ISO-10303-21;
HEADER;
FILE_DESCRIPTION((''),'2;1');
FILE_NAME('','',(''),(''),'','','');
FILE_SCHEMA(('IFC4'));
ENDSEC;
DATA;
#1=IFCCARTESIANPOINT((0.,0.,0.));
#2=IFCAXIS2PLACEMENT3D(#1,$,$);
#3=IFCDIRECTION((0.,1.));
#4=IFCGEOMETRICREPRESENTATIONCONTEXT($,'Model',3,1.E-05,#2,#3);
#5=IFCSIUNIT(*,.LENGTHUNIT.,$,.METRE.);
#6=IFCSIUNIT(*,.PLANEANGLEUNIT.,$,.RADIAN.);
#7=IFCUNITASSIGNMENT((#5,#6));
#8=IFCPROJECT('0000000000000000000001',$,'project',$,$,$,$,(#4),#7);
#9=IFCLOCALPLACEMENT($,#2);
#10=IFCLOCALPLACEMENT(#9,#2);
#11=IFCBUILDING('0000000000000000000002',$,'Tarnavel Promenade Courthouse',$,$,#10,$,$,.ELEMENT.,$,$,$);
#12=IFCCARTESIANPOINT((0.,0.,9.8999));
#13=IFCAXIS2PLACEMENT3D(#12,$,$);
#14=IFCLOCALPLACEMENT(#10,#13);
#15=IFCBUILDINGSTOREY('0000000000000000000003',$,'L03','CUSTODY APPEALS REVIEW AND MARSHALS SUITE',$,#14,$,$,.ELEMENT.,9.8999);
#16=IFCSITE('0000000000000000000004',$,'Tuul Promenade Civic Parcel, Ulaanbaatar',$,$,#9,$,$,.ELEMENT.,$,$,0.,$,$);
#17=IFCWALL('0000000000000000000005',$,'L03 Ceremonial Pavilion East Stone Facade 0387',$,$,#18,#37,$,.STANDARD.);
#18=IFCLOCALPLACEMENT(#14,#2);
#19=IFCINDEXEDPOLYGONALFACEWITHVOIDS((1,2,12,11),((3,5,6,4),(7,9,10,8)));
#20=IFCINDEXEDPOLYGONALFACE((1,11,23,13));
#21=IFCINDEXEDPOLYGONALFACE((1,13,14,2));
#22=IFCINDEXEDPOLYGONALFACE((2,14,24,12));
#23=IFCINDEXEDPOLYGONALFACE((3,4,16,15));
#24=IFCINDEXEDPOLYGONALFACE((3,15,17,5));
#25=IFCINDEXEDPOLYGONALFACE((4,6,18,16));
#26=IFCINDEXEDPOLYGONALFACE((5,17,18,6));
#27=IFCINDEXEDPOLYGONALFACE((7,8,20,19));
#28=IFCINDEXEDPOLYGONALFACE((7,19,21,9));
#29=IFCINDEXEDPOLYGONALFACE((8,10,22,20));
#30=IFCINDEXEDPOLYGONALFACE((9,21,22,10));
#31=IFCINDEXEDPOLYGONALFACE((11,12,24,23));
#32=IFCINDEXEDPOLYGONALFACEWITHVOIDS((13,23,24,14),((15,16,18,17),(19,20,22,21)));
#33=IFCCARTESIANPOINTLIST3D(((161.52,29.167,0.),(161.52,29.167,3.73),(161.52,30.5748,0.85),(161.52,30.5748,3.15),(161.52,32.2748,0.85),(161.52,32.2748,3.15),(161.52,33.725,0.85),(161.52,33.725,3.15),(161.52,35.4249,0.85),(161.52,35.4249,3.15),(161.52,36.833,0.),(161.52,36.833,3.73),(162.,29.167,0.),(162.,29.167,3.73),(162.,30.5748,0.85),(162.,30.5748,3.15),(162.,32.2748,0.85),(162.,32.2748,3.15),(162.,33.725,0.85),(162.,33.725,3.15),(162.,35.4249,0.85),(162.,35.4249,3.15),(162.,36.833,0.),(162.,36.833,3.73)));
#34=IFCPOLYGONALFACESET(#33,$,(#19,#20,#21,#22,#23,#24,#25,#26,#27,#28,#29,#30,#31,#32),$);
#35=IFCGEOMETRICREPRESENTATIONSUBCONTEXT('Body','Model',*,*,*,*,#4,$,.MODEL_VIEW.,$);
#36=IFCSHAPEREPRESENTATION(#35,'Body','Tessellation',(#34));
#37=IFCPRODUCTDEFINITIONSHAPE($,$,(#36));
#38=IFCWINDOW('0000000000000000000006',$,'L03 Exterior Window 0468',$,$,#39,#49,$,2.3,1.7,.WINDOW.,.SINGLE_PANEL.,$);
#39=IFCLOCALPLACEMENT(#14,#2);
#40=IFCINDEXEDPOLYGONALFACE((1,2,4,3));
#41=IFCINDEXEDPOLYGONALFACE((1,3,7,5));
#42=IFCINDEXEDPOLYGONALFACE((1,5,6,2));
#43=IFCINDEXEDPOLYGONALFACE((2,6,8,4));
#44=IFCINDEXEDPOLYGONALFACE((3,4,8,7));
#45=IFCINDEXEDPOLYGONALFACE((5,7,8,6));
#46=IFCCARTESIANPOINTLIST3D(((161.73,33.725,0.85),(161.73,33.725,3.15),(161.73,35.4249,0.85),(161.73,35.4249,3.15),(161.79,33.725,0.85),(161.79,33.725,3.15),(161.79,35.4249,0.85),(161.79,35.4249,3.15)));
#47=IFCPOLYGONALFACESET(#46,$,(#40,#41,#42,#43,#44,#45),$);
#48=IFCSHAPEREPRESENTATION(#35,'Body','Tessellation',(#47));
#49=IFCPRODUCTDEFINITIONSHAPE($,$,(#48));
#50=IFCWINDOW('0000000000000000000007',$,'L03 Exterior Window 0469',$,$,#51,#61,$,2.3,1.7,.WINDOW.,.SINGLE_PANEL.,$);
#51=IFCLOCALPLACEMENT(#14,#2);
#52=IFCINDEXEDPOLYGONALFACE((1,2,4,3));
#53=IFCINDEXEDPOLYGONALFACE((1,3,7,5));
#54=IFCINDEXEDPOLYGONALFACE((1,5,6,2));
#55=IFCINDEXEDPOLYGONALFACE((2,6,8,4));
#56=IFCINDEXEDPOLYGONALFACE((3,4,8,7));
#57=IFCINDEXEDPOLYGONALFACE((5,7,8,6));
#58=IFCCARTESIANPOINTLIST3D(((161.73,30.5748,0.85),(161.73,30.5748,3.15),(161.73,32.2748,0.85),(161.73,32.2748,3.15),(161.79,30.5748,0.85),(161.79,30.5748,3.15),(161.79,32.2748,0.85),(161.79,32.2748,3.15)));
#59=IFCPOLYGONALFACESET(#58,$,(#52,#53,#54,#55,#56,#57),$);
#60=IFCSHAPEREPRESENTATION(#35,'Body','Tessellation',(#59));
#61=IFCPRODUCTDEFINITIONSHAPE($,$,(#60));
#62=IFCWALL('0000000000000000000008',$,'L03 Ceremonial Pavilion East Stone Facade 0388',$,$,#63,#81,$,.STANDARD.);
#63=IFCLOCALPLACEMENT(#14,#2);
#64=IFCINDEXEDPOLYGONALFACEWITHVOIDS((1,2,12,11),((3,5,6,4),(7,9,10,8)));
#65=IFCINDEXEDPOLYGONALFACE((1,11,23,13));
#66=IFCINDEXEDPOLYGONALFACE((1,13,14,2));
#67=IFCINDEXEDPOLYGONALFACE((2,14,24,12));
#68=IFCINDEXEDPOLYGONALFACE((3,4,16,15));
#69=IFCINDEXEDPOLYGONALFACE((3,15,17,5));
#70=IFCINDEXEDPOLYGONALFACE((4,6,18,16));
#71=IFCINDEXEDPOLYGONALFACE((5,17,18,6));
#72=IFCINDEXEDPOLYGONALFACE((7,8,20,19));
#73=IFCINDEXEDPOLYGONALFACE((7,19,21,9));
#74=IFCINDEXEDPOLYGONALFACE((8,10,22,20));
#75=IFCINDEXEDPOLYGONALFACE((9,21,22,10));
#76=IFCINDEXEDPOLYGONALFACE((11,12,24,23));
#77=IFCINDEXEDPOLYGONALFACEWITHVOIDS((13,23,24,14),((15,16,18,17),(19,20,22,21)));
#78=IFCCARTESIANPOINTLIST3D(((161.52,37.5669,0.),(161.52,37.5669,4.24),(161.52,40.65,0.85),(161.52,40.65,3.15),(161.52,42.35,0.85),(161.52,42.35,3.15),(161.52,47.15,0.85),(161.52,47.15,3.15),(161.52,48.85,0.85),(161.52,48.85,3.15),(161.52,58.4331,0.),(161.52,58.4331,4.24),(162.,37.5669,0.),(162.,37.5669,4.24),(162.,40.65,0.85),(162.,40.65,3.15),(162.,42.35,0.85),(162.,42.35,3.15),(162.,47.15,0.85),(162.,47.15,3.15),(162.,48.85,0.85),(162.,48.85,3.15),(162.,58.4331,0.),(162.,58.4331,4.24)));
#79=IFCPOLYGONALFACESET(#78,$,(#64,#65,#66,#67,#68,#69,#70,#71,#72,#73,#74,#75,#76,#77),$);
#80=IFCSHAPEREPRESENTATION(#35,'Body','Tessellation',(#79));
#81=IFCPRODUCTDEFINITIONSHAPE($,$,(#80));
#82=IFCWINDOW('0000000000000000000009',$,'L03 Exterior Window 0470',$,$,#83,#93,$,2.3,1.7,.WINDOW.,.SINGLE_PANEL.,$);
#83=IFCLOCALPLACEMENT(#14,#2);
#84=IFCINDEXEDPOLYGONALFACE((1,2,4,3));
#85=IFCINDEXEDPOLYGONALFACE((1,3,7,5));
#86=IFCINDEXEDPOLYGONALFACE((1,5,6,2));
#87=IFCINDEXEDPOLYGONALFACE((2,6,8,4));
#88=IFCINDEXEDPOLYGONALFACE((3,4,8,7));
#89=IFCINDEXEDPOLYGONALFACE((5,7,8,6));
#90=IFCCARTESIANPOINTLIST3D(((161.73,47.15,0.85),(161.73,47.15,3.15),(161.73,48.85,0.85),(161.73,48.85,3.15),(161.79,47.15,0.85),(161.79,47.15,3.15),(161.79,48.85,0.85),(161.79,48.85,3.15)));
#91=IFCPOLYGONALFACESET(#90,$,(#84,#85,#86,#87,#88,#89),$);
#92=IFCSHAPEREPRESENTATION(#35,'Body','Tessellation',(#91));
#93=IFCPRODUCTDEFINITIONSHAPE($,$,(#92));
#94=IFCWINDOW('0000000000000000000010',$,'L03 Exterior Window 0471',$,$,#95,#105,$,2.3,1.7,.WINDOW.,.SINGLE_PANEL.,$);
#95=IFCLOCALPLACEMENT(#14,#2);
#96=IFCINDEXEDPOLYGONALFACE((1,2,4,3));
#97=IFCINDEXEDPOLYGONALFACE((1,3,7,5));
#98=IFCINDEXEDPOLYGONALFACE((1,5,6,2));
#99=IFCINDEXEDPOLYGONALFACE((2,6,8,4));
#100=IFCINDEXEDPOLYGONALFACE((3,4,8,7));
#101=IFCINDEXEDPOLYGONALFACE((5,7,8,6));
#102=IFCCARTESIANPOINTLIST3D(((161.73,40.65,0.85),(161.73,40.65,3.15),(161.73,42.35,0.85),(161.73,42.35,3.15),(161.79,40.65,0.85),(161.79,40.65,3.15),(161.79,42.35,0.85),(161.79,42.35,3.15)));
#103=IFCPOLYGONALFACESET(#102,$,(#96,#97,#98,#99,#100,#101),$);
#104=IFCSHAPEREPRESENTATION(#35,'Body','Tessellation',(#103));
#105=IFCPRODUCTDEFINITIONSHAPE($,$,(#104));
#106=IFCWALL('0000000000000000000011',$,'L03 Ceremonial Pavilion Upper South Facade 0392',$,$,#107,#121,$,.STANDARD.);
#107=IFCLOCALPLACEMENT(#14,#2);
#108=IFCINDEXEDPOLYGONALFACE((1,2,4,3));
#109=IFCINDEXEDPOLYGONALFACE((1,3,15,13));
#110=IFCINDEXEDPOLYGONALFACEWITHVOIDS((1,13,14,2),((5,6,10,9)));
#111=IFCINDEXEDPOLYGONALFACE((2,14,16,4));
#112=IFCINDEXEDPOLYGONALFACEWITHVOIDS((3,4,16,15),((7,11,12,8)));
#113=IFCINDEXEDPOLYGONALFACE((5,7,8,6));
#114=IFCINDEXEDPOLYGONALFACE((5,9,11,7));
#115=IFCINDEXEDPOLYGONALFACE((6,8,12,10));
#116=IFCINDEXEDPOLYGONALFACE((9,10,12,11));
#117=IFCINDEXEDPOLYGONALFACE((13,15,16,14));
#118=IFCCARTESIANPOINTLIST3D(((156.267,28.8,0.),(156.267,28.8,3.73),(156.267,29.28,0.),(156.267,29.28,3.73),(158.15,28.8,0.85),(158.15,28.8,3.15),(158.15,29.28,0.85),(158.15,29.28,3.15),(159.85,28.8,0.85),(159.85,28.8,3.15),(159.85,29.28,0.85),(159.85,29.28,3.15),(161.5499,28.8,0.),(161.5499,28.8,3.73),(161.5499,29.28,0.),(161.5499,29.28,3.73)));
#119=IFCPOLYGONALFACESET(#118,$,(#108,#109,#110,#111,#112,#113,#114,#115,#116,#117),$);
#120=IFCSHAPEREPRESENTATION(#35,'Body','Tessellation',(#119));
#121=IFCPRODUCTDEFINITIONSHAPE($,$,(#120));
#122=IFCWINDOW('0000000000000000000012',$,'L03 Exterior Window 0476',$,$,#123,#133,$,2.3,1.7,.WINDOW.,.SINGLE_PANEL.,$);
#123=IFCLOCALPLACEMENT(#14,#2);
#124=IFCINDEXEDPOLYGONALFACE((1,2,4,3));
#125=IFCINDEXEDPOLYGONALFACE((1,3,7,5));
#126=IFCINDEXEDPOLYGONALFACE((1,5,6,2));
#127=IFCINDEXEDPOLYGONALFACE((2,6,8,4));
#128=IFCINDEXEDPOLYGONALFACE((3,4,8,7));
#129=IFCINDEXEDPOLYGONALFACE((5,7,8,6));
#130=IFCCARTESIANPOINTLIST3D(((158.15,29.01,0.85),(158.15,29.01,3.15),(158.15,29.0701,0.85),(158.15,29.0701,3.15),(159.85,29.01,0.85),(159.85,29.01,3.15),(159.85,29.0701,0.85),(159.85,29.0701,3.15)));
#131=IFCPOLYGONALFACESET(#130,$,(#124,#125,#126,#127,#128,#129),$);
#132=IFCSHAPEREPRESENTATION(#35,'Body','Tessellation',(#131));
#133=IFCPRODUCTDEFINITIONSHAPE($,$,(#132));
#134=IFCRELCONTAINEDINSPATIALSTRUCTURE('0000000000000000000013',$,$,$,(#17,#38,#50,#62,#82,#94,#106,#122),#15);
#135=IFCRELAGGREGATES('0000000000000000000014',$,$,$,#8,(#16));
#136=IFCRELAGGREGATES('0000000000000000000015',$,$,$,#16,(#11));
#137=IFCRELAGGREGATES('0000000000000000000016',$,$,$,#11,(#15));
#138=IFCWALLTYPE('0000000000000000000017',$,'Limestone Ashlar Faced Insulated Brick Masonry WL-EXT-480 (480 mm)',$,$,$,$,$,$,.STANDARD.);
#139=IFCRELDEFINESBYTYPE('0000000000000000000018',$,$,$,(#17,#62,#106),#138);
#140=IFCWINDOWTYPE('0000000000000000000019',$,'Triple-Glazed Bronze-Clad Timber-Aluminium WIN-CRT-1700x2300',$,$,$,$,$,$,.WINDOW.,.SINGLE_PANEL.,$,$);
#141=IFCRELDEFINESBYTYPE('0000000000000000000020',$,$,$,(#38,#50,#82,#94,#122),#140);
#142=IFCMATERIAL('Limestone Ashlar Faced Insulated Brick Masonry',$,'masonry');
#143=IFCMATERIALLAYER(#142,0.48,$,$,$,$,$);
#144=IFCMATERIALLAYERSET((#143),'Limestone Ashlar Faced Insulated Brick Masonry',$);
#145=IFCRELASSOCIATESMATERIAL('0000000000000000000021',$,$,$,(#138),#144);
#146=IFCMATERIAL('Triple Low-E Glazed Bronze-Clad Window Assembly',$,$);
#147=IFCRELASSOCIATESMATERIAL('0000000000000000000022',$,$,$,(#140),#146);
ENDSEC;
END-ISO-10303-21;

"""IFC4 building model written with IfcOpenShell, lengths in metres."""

from ifc_helpers import new_model, si_unit, direction, frame, frame_2d, origin, place, context, subcontext, project, spatial, rectangle, extrude, material, layer, layer_set, type_object, element, fill, save


model = new_model("IFC4")

# Units and contexts
model_context = context("Model", 3, precision=1e-05, world=origin(), true_north=direction((0.0, 1.0)))
body_context = subcontext(model_context, "Body", "Model", "MODEL_VIEW")
ifc_project = project(units=[si_unit("LENGTHUNIT", "METRE"), si_unit("PLANEANGLEUNIT", "RADIAN")], contexts=[model_context])

# Site, building, storey
site_placement = place(None, origin())
site = spatial("IfcSite", under=ifc_project, at=site_placement, Name="Tuul Promenade Civic Parcel, Ulaanbaatar", CompositionType="ELEMENT", RefElevation=0.0)
building_placement = place(site_placement, origin())
building = spatial("IfcBuilding", under=site, at=building_placement, Name="Tarnavel Promenade Courthouse", CompositionType="ELEMENT")
storey_placement = place(building_placement, frame((0.0, 0.0, 9.8999)))
storey = spatial("IfcBuildingStorey", under=building, at=storey_placement, Name="L03", Description="CUSTODY APPEALS REVIEW AND MARSHALS SUITE", CompositionType="ELEMENT", Elevation=9.8999)

# Walls, openings, windows
ifc_material_1 = material(Name="Limestone Ashlar Faced Insulated Brick Masonry", Category="masonry")
ifc_layer_1 = layer(ifc_material_1, 0.48)
ifc_layer_set_1 = layer_set([ifc_layer_1], Name="Limestone Ashlar Faced Insulated Brick Masonry")
wall_type_1 = type_object("IfcWallType", Name="Limestone Ashlar Faced Insulated Brick Masonry WL-EXT-480 (480 mm)", PredefinedType="STANDARD", material=ifc_layer_set_1)
wall_1_placement = place(storey_placement, frame((161.76, 36.833, 0.0), z_axis=(0.0, 0.0, 1.0), x_axis=(0.0, -1.0, 0.0)))
wall_1 = element("IfcWall", 1, at=wall_1_placement, inside=storey, type_object=wall_type_1, Name="L03 Ceremonial Pavilion East Stone Facade 0387", PredefinedType="STANDARD", context=body_context, shape_type="SweptSolid", body=[
    extrude(rectangle(XDim=7.666, YDim=0.48, at=frame_2d((3.833, 0.0))), origin(), (0.0, 0.0, 1.0), 3.73),
])
opening_1_placement = place(wall_1_placement, frame((1.408, 0.0, 0.8501)))
opening_1 = element("IfcOpeningElement", 2, at=opening_1_placement, cuts=wall_1, PredefinedType="OPENING", context=body_context, shape_type="SweptSolid", body=[
    extrude(rectangle(XDim=1.7, YDim=2.3, at=frame_2d((0.8501, 1.1499))), frame((0.0, 0.25, 0.0), z_axis=(0.0, -1.0, 0.0), x_axis=(1.0, 0.0, 0.0)), (0.0, 0.0, 1.0), 0.5),
])
opening_2_placement = place(wall_1_placement, frame((4.5581, 0.0, 0.8501)))
opening_2 = element("IfcOpeningElement", 3, at=opening_2_placement, cuts=wall_1, PredefinedType="OPENING", context=body_context, shape_type="SweptSolid", body=[
    extrude(rectangle(XDim=1.7, YDim=2.3, at=frame_2d((0.8501, 1.1499))), frame((0.0, 0.25, 0.0), z_axis=(0.0, -1.0, 0.0), x_axis=(1.0, 0.0, 0.0)), (0.0, 0.0, 1.0), 0.5),
])
ifc_material_2 = material(Name="Triple Low-E Glazed Bronze-Clad Window Assembly")
window_type = type_object("IfcWindowType", Name="Triple-Glazed Bronze-Clad Timber-Aluminium WIN-CRT-1700x2300", PartitioningType="SINGLE_PANEL", PredefinedType="WINDOW", material=ifc_material_2)
window_1_placement = place(opening_1_placement, origin())
window_1 = element("IfcWindow", 4, at=window_1_placement, inside=storey, type_object=window_type, Name="L03 Exterior Window 0468", OverallHeight=2.3, OverallWidth=1.7, PartitioningType="SINGLE_PANEL", PredefinedType="WINDOW", context=body_context, shape_type="SweptSolid", body=[
    extrude(rectangle(XDim=1.7, YDim=2.3, at=frame_2d((0.8501, 1.1499))), frame((0.0, 0.03, 0.0), z_axis=(0.0, -1.0, 0.0), x_axis=(1.0, 0.0, 0.0)), (0.0, 0.0, 1.0), 0.0601),
])
fill(opening_1, window_1)
window_2_placement = place(opening_2_placement, origin())
window_2 = element("IfcWindow", 5, at=window_2_placement, inside=storey, type_object=window_type, Name="L03 Exterior Window 0469", OverallHeight=2.3, OverallWidth=1.7, PartitioningType="SINGLE_PANEL", PredefinedType="WINDOW", context=body_context, shape_type="SweptSolid", body=[
    extrude(rectangle(XDim=1.7, YDim=2.3, at=frame_2d((0.8501, 1.1499))), frame((0.0, 0.03, 0.0), z_axis=(0.0, -1.0, 0.0), x_axis=(1.0, 0.0, 0.0)), (0.0, 0.0, 1.0), 0.0601),
])
fill(opening_2, window_2)
wall_2_placement = place(storey_placement, frame((161.76, 58.4331, 0.0), z_axis=(0.0, 0.0, 1.0), x_axis=(0.0, -1.0, 0.0)))
wall_2 = element("IfcWall", 6, at=wall_2_placement, inside=storey, type_object=wall_type_1, Name="L03 Ceremonial Pavilion East Stone Facade 0388", PredefinedType="STANDARD", context=body_context, shape_type="SweptSolid", body=[
    extrude(rectangle(XDim=20.8662, YDim=0.48, at=frame_2d((10.4331, 0.0))), origin(), (0.0, 0.0, 1.0), 4.24),
])
opening_3_placement = place(wall_2_placement, frame((9.583, 0.0, 0.8501)))
opening_3 = element("IfcOpeningElement", 7, at=opening_3_placement, cuts=wall_2, PredefinedType="OPENING", context=body_context, shape_type="SweptSolid", body=[
    extrude(rectangle(XDim=1.7, YDim=2.3, at=frame_2d((0.8501, 1.1499))), frame((0.0, 0.25, 0.0), z_axis=(0.0, -1.0, 0.0), x_axis=(1.0, 0.0, 0.0)), (0.0, 0.0, 1.0), 0.5),
])
opening_4_placement = place(wall_2_placement, frame((16.083, 0.0, 0.8501)))
opening_4 = element("IfcOpeningElement", 8, at=opening_4_placement, cuts=wall_2, PredefinedType="OPENING", context=body_context, shape_type="SweptSolid", body=[
    extrude(rectangle(XDim=1.7, YDim=2.3, at=frame_2d((0.8501, 1.1499))), frame((0.0, 0.25, 0.0), z_axis=(0.0, -1.0, 0.0), x_axis=(1.0, 0.0, 0.0)), (0.0, 0.0, 1.0), 0.5),
])
window_3_placement = place(opening_3_placement, origin())
window_3 = element("IfcWindow", 9, at=window_3_placement, inside=storey, type_object=window_type, Name="L03 Exterior Window 0470", OverallHeight=2.3, OverallWidth=1.7, PartitioningType="SINGLE_PANEL", PredefinedType="WINDOW", context=body_context, shape_type="SweptSolid", body=[
    extrude(rectangle(XDim=1.7, YDim=2.3, at=frame_2d((0.8501, 1.1499))), frame((0.0, 0.03, 0.0), z_axis=(0.0, -1.0, 0.0), x_axis=(1.0, 0.0, 0.0)), (0.0, 0.0, 1.0), 0.0601),
])
fill(opening_3, window_3)
window_4_placement = place(opening_4_placement, origin())
window_4 = element("IfcWindow", 10, at=window_4_placement, inside=storey, type_object=window_type, Name="L03 Exterior Window 0471", OverallHeight=2.3, OverallWidth=1.7, PartitioningType="SINGLE_PANEL", PredefinedType="WINDOW", context=body_context, shape_type="SweptSolid", body=[
    extrude(rectangle(XDim=1.7, YDim=2.3, at=frame_2d((0.8501, 1.1499))), frame((0.0, 0.03, 0.0), z_axis=(0.0, -1.0, 0.0), x_axis=(1.0, 0.0, 0.0)), (0.0, 0.0, 1.0), 0.0601),
])
fill(opening_4, window_4)

# Wall, opening, window
wall_3_placement = place(storey_placement, frame((161.55, 29.04, 0.0), z_axis=(0.0, 0.0, 1.0), x_axis=(-1.0, 0.0, 0.0)))
wall_3 = element("IfcWall", 11, at=wall_3_placement, inside=storey, type_object=wall_type_1, Name="L03 Ceremonial Pavilion Upper South Facade 0392", PredefinedType="STANDARD", context=body_context, shape_type="SweptSolid", body=[
    extrude(rectangle(XDim=5.283, YDim=0.48, at=frame_2d((2.6416, 0.0))), origin(), (0.0, 0.0, 1.0), 3.73),
])
opening_5_placement = place(wall_3_placement, frame((1.7, 0.0, 0.8501)))
opening_5 = element("IfcOpeningElement", 12, at=opening_5_placement, cuts=wall_3, PredefinedType="OPENING", context=body_context, shape_type="SweptSolid", body=[
    extrude(rectangle(XDim=1.7, YDim=2.3, at=frame_2d((0.8501, 1.1499))), frame((0.0, 0.25, 0.0), z_axis=(0.0, -1.0, 0.0), x_axis=(1.0, 0.0, 0.0)), (0.0, 0.0, 1.0), 0.5),
])
window_5_placement = place(opening_5_placement, origin())
window_5 = element("IfcWindow", 13, at=window_5_placement, inside=storey, type_object=window_type, Name="L03 Exterior Window 0476", OverallHeight=2.3, OverallWidth=1.7, PartitioningType="SINGLE_PANEL", PredefinedType="WINDOW", context=body_context, shape_type="SweptSolid", body=[
    extrude(rectangle(XDim=1.7, YDim=2.3, at=frame_2d((0.8501, 1.1499))), frame((0.0, 0.03, 0.0), z_axis=(0.0, -1.0, 0.0), x_axis=(1.0, 0.0, 0.0)), (0.0, 0.0, 1.0), 0.0601),
])
fill(opening_5, window_5)

save(model, "model.ifc")
